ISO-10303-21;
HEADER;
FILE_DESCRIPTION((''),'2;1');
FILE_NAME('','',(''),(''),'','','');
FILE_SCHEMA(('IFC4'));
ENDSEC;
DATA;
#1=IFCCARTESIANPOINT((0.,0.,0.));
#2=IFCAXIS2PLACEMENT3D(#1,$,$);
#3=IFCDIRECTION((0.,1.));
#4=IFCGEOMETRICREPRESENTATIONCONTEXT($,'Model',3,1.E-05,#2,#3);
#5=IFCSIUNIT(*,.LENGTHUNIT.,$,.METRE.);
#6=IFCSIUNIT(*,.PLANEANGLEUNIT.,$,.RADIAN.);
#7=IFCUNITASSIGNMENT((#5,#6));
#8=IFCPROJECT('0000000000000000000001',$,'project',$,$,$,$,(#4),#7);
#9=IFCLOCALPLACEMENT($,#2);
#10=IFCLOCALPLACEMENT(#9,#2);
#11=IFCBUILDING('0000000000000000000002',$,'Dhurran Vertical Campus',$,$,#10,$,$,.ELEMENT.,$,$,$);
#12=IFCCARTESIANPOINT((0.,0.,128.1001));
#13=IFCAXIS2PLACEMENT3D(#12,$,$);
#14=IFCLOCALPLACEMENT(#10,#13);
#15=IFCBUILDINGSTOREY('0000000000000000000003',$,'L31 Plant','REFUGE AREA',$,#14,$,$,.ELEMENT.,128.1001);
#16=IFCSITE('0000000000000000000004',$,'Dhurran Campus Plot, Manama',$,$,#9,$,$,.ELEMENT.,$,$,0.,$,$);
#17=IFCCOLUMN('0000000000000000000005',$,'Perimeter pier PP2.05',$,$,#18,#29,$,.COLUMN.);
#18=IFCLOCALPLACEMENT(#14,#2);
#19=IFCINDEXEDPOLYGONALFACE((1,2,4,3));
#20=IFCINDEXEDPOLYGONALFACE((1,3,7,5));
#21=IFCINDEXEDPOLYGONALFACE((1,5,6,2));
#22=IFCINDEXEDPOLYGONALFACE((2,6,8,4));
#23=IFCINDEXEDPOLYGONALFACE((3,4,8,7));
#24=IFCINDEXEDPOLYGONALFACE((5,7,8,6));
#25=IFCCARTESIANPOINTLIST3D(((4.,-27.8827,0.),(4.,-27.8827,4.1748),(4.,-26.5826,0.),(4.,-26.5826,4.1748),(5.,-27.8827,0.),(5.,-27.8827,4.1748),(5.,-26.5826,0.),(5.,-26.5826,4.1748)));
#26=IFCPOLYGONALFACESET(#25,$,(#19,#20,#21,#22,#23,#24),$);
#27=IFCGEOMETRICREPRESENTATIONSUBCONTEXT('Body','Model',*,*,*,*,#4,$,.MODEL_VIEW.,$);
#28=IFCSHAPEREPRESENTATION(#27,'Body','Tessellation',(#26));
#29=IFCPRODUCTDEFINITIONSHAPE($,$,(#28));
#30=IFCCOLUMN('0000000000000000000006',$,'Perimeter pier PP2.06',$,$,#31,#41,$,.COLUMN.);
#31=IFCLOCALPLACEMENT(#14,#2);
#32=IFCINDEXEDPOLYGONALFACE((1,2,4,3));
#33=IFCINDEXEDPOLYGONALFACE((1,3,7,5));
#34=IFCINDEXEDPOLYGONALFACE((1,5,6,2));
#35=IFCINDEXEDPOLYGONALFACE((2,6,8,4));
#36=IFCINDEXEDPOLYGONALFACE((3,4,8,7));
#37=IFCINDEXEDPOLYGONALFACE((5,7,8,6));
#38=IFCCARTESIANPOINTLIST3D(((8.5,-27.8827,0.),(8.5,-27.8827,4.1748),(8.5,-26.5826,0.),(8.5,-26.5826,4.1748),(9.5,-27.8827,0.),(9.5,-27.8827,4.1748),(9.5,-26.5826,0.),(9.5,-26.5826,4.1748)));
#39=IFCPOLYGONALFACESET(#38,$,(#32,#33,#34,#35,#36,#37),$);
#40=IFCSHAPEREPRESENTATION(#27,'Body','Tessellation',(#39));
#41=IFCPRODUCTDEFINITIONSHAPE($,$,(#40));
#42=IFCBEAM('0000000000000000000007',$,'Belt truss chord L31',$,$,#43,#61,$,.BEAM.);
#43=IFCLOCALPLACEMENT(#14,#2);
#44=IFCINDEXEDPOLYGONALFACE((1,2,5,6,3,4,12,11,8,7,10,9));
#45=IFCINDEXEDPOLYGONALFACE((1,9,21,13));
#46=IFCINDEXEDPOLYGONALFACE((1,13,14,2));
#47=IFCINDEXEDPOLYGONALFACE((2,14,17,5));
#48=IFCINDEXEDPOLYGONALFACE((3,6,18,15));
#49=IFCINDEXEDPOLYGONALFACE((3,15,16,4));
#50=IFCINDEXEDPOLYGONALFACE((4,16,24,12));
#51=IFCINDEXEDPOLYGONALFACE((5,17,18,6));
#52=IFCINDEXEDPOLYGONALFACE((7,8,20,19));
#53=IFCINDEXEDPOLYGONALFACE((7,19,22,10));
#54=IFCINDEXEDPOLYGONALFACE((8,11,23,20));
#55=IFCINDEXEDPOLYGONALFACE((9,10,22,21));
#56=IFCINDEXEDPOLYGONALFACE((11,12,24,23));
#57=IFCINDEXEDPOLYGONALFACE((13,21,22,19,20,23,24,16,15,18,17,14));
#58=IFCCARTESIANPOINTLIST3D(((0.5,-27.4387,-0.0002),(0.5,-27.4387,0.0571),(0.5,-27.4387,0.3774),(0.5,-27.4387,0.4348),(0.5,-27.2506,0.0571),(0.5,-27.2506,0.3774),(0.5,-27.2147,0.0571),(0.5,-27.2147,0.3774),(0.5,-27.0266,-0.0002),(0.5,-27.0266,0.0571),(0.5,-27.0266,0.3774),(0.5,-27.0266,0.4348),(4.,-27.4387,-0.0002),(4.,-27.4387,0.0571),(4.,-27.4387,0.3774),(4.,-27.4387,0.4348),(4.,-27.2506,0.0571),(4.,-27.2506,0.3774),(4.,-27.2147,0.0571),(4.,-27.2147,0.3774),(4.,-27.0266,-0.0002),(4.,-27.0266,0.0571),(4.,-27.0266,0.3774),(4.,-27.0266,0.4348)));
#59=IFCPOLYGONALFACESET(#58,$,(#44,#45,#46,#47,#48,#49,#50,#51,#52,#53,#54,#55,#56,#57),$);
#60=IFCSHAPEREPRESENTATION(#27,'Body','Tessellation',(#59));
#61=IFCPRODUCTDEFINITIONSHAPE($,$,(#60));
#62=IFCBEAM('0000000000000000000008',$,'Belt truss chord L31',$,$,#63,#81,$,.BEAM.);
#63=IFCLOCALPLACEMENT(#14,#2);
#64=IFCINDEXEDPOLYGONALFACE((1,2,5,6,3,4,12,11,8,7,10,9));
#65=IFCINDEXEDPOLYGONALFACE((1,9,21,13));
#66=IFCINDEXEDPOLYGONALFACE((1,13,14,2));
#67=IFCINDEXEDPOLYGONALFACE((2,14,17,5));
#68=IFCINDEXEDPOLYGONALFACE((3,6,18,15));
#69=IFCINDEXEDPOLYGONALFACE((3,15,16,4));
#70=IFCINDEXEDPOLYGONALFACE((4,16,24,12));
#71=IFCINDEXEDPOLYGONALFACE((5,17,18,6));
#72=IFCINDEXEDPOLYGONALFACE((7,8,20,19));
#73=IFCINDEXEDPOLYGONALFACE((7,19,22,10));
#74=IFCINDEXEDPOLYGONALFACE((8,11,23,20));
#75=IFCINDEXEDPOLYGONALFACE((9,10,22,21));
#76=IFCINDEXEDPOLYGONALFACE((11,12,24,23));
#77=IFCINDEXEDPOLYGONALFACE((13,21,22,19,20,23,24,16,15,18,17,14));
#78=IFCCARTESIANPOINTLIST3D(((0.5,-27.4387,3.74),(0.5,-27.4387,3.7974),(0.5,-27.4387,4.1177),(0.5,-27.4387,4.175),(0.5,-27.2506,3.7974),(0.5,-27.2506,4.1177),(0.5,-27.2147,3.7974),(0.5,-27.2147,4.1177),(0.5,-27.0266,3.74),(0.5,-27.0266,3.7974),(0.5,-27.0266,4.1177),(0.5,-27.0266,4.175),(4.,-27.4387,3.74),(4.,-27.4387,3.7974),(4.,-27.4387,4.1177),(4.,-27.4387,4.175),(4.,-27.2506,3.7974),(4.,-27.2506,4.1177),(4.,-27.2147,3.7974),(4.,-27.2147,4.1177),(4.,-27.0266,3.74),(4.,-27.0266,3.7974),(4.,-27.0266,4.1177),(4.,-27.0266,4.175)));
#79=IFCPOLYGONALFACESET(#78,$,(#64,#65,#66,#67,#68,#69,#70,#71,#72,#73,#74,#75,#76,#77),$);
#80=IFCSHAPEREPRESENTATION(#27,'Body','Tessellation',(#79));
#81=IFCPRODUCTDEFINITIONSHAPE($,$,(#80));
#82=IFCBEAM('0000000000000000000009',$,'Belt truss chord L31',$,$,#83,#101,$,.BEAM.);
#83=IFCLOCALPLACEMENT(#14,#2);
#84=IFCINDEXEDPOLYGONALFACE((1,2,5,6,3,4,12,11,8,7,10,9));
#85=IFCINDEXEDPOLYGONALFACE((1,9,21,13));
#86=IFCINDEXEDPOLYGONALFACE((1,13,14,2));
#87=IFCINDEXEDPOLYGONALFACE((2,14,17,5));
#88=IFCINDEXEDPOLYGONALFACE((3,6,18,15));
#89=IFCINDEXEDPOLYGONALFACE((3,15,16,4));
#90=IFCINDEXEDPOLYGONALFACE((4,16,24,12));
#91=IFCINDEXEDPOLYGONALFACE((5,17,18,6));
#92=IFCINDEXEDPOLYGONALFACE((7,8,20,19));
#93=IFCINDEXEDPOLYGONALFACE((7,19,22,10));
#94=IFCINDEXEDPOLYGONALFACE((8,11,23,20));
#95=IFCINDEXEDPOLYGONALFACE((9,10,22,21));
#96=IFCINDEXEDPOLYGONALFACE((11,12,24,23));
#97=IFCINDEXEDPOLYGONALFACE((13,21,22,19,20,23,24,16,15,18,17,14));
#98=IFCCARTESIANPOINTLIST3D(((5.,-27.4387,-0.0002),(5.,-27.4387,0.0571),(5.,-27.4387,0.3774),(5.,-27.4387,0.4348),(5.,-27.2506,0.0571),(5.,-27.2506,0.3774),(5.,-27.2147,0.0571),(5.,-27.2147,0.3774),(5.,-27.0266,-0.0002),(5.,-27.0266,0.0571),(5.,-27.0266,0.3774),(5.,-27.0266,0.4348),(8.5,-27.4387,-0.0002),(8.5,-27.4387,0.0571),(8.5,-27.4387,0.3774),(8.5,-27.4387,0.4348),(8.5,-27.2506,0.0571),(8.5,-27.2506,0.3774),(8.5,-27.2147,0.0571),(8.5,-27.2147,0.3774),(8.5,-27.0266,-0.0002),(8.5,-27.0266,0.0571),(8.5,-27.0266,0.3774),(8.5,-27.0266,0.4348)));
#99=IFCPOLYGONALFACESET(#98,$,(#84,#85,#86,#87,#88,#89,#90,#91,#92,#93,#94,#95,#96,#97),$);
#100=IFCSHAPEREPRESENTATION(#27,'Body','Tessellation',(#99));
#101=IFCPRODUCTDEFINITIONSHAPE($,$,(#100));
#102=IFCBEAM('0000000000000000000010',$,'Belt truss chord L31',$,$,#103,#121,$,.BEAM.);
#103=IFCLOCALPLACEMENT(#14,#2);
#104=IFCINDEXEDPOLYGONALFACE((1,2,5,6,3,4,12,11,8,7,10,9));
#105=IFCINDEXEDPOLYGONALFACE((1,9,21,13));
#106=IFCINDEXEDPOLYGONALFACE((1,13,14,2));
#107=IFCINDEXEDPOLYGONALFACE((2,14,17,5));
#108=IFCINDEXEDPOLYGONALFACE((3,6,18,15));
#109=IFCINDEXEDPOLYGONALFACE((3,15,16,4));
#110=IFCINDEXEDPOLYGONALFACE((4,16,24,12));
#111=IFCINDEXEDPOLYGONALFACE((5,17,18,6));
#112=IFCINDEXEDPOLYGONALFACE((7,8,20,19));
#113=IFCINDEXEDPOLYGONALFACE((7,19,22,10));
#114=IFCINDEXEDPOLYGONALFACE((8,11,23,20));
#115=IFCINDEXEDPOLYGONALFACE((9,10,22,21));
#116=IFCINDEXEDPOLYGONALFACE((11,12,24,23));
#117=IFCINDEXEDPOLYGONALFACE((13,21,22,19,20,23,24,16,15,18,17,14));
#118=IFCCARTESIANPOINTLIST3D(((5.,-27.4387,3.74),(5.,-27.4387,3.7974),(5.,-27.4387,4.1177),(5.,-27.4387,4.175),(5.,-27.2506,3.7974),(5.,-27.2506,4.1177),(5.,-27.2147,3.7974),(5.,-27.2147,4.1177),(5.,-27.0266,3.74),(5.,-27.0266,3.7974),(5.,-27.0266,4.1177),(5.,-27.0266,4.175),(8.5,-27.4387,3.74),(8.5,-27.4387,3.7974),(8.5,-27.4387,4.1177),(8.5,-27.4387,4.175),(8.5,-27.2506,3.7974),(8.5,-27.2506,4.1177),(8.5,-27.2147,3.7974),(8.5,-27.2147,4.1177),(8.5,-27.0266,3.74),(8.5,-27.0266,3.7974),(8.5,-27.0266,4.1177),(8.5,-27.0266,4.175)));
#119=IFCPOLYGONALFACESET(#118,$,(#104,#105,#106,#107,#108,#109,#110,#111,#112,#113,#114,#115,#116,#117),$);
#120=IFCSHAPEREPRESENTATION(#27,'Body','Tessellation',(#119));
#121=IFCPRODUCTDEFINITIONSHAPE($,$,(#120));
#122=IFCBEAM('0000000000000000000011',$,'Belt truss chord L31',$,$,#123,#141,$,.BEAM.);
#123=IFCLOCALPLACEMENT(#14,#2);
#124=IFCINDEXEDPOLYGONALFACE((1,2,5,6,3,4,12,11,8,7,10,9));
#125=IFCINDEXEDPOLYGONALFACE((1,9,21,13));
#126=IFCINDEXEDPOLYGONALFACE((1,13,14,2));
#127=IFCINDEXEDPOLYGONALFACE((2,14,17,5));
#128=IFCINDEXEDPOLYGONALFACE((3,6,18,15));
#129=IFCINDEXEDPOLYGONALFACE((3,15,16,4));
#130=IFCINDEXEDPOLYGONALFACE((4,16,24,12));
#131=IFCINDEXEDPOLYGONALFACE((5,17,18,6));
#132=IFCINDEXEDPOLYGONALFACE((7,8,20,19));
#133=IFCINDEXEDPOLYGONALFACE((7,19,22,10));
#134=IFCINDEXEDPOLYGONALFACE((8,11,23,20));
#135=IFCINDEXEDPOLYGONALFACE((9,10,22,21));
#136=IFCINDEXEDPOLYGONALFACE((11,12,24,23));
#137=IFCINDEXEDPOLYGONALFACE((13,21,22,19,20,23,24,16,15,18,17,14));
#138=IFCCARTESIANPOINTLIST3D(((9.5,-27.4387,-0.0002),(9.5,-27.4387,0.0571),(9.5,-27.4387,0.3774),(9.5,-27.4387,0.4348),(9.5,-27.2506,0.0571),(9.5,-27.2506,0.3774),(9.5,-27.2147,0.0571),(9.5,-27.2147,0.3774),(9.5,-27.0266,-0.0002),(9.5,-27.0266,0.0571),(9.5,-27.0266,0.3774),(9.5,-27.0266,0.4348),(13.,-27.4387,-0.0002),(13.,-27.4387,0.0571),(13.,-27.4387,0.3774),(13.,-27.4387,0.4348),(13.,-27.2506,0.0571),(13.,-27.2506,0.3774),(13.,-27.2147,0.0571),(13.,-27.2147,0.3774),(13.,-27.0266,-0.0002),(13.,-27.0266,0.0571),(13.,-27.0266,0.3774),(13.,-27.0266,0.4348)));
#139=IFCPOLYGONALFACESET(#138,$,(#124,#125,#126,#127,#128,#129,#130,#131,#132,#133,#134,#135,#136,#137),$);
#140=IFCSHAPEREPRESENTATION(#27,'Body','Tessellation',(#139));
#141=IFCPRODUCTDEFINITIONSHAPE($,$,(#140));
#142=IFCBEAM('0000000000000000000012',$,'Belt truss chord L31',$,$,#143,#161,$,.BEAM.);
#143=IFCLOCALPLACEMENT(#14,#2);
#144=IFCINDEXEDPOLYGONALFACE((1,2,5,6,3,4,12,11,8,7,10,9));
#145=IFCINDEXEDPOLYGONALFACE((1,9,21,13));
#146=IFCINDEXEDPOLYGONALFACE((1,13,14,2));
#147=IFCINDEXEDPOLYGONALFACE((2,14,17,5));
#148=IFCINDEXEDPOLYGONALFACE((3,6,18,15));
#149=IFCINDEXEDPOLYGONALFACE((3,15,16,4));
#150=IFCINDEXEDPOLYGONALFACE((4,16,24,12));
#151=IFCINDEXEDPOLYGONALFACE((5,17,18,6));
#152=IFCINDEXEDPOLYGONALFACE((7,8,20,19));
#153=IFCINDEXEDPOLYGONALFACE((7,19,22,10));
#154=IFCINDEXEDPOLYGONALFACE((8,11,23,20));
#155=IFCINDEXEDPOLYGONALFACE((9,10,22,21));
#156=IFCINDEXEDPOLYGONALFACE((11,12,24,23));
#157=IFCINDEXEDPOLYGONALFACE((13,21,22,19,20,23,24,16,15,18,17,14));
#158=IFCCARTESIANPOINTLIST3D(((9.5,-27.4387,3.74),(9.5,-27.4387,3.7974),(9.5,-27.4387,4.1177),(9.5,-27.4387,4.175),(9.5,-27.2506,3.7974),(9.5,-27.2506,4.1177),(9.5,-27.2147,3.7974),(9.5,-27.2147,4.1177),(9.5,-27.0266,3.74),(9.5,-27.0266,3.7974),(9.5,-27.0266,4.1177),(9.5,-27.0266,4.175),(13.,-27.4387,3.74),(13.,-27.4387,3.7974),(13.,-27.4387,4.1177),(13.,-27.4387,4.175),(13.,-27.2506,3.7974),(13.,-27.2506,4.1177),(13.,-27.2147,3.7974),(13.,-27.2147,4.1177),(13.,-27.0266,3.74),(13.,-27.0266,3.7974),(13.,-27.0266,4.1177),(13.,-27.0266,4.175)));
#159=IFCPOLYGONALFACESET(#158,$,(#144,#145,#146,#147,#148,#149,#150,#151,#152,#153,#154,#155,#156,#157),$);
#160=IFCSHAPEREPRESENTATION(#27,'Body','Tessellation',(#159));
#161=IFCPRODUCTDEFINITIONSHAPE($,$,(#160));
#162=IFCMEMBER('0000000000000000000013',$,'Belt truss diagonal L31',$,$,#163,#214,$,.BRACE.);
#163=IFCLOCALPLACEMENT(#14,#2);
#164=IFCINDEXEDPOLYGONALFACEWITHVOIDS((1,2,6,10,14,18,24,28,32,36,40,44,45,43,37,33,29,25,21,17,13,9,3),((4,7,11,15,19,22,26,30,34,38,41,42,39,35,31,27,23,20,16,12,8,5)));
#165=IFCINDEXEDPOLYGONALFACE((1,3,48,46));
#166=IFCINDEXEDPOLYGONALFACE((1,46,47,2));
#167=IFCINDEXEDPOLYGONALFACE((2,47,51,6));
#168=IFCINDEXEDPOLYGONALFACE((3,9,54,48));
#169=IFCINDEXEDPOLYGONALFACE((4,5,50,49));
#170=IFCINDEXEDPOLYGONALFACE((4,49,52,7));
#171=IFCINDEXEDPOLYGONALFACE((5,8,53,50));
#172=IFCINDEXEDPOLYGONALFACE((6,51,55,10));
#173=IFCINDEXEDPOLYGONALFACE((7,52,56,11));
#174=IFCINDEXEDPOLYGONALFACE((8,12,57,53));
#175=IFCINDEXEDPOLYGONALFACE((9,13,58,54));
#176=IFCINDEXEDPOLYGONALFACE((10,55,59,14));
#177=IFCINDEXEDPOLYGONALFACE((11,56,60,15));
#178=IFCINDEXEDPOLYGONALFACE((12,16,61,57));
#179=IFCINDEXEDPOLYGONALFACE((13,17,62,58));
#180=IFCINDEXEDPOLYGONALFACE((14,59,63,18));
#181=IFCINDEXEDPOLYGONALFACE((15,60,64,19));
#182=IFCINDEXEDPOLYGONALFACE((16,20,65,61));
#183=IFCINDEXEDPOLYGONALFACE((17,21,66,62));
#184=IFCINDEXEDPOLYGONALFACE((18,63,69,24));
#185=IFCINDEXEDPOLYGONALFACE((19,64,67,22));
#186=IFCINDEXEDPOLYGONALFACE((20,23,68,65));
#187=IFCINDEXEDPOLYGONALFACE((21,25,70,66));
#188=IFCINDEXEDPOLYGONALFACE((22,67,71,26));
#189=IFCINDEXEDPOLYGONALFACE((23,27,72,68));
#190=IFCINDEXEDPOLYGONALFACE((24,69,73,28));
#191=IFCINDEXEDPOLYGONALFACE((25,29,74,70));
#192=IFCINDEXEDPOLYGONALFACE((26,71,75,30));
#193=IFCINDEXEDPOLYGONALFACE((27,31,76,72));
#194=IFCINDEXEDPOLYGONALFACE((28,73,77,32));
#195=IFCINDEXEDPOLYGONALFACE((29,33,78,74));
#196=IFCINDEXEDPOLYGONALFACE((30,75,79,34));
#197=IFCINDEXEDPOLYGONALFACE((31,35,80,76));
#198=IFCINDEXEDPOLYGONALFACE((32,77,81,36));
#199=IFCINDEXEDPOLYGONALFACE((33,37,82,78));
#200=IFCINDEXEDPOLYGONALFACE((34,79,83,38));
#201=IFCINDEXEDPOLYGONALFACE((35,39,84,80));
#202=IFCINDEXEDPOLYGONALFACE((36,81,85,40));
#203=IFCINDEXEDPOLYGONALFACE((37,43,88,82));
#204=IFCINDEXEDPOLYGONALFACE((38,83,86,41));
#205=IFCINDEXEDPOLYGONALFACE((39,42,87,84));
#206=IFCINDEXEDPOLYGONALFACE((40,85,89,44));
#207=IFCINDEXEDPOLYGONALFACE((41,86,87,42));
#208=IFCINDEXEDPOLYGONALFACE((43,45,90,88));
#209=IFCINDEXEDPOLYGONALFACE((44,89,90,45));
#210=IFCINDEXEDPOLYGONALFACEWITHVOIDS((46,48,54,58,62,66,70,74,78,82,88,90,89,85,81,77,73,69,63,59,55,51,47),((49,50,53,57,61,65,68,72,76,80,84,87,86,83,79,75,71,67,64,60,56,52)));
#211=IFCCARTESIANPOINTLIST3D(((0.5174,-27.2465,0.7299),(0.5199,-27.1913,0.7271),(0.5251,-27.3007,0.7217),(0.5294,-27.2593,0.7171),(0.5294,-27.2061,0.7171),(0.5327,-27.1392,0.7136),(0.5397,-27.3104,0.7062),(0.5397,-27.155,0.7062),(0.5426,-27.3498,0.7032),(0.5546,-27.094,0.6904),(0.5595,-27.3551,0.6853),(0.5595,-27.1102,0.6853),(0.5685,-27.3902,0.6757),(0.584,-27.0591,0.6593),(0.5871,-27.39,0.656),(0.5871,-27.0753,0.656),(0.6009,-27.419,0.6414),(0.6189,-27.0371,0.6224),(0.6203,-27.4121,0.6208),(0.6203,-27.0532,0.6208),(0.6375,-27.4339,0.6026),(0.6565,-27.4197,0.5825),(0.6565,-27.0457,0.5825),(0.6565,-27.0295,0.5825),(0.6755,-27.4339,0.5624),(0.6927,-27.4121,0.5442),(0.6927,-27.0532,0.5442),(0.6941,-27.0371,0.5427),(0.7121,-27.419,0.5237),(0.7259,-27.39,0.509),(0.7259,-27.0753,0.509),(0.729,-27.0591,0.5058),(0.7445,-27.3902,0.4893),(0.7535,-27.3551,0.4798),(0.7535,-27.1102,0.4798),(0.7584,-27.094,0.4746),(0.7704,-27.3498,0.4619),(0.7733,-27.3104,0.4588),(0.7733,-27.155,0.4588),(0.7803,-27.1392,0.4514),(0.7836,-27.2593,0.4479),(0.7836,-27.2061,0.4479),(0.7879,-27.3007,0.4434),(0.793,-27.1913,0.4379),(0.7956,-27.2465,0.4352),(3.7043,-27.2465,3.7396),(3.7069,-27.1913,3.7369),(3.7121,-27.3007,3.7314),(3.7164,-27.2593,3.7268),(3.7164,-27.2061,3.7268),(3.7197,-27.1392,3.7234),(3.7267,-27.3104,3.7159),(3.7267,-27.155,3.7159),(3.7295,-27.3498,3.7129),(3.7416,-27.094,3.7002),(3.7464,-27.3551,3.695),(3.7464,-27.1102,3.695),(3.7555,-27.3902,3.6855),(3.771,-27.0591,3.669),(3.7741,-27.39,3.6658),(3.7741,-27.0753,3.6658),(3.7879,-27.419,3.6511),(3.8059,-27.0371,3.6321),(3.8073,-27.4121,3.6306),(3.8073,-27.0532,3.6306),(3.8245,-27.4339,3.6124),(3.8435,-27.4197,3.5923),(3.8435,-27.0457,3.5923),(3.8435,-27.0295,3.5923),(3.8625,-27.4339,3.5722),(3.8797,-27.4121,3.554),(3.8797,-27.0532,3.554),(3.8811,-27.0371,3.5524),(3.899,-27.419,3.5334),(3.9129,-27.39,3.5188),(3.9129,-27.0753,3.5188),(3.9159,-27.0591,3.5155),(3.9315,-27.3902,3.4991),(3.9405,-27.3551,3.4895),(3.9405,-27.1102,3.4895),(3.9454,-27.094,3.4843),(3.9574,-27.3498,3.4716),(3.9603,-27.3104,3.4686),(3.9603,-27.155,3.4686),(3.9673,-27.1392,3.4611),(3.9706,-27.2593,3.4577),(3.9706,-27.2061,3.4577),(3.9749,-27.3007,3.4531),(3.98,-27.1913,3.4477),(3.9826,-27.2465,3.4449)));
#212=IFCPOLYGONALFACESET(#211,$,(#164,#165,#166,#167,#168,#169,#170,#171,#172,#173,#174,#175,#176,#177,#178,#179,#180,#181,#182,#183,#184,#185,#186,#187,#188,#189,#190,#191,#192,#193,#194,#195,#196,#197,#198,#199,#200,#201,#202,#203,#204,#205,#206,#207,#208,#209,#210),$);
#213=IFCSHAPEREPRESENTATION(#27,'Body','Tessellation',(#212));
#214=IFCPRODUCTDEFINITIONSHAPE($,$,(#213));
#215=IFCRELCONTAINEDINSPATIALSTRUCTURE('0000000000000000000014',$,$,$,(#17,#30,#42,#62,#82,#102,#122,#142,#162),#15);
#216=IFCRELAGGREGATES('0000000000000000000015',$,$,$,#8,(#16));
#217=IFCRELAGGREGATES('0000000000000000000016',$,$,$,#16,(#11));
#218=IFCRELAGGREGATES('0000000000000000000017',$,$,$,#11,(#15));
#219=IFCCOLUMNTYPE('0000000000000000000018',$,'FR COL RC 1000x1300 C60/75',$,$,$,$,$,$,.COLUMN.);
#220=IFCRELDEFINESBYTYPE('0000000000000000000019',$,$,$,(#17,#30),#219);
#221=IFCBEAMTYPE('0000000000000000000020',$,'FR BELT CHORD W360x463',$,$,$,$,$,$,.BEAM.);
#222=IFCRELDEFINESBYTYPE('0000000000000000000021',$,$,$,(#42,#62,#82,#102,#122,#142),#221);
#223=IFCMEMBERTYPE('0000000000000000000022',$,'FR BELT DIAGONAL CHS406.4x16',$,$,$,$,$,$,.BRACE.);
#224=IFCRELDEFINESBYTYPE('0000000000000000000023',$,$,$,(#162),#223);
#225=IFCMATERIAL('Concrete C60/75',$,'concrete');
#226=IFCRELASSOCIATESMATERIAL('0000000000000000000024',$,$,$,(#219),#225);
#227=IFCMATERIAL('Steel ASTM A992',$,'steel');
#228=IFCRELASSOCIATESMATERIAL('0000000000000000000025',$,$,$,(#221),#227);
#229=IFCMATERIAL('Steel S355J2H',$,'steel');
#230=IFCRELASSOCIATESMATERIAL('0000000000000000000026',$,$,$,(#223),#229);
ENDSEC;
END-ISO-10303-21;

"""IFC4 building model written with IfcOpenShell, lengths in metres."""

from ifc_helpers import new_model, si_unit, direction, frame, origin, origin_2d, place, context, subcontext, project, spatial, rectangle, hollow_circle, i_section, extrude, material, material_profile, profile_set, type_object, element, save


model = new_model("IFC4")

# Units and contexts
model_context = context("Model", 3, precision=1e-05, world=origin(), true_north=direction((0.0, 1.0)))
body_context = subcontext(model_context, "Body", "Model", "MODEL_VIEW")
ifc_project = project(units=[si_unit("LENGTHUNIT", "METRE"), si_unit("PLANEANGLEUNIT", "RADIAN")], contexts=[model_context])

# Site, building, storey
site_placement = place(None, origin())
site = spatial("IfcSite", under=ifc_project, at=site_placement, Name="Dhurran Campus Plot, Manama", CompositionType="ELEMENT", RefElevation=0.0)
building_placement = place(site_placement, origin())
building = spatial("IfcBuilding", under=site, at=building_placement, Name="Dhurran Vertical Campus", CompositionType="ELEMENT")
storey_placement = place(building_placement, frame((0.0, 0.0, 128.1001)))
storey = spatial("IfcBuildingStorey", under=building, at=storey_placement, Name="L31 Plant", Description="REFUGE AREA", CompositionType="ELEMENT", Elevation=128.1001)

# Columns
ifc_material_1 = material(Name="Concrete C60/75", Category="concrete")
ifc_material_profile_1 = material_profile(ifc_material_1, rectangle(XDim=1.0, YDim=1.3, at=origin_2d()), Name="RC 1000x1300")
ifc_profile_set_1 = profile_set([ifc_material_profile_1], Name="Concrete C60/75")
column_type = type_object("IfcColumnType", Name="FR COL RC 1000x1300 C60/75", PredefinedType="COLUMN", material=ifc_profile_set_1)
for number, where, z_axis, x_axis, name in (
    (1, (4.5, -27.2327, 0.0), (0.0, 0.0, 1.0), (1.0, 0.0, 0.0), "Perimeter pier PP2.05"),
    (2, (9.0, -27.2327, 0.0), (0.0, 0.0, 1.0), (1.0, 0.0, 0.0), "Perimeter pier PP2.06"),
):
    element("IfcColumn", number, at=place(storey_placement, frame(where, z_axis=z_axis, x_axis=x_axis)), inside=storey, type_object=column_type, Name=name, PredefinedType="COLUMN", context=body_context, shape_type="SweptSolid", body=[
        extrude(rectangle(XDim=1.0, YDim=1.3, at=origin_2d()), origin(), (0.0, 0.0, 1.0), 4.1748),
    ])

# Beams
ifc_material_2 = material(Name="Steel ASTM A992", Category="steel")
ifc_material_profile_2 = material_profile(ifc_material_2, i_section(OverallWidth=0.4121, OverallDepth=0.4351, WebThickness=0.0359, FlangeThickness=0.0574, at=origin_2d()), Name="W360x463")
ifc_profile_set_2 = profile_set([ifc_material_profile_2], Name="Steel ASTM A992")
beam_type = type_object("IfcBeamType", Name="FR BELT CHORD W360x463", PredefinedType="BEAM", material=ifc_profile_set_2)
for number, where, z_axis, x_axis, name in (
    (3, (0.5, -27.2327, 0.2173), (1.0, 0.0, 0.0), (0.0, 1.0, 0.0), "Belt truss chord L31"),
    (4, (0.5, -27.2327, 3.9575), (1.0, 0.0, 0.0), (0.0, 1.0, 0.0), "Belt truss chord L31"),
    (5, (5.0, -27.2327, 0.2173), (1.0, 0.0, 0.0), (0.0, 1.0, 0.0), "Belt truss chord L31"),
    (6, (5.0, -27.2327, 3.9575), (1.0, 0.0, 0.0), (0.0, 1.0, 0.0), "Belt truss chord L31"),
    (7, (9.5, -27.2327, 0.2173), (1.0, 0.0, 0.0), (0.0, 1.0, 0.0), "Belt truss chord L31"),
    (8, (9.5, -27.2327, 3.9575), (1.0, 0.0, 0.0), (0.0, 1.0, 0.0), "Belt truss chord L31"),
):
    element("IfcBeam", number, at=place(storey_placement, frame(where, z_axis=z_axis, x_axis=x_axis)), inside=storey, type_object=beam_type, Name=name, PredefinedType="BEAM", context=body_context, shape_type="SweptSolid", body=[
        extrude(i_section(OverallWidth=0.4121, OverallDepth=0.4351, WebThickness=0.0359, FlangeThickness=0.0574, at=origin_2d()), origin(), (0.0, 0.0, 1.0), 3.5),
    ])

# Member
ifc_material_3 = material(Name="Steel S355J2H", Category="steel")
ifc_material_profile_3 = material_profile(ifc_material_3, hollow_circle(Radius=0.2031, WallThickness=0.0161, at=origin_2d()), Name="CHS406.4x16")
ifc_profile_set_3 = profile_set([ifc_material_profile_3], Name="Steel S355J2H")
member_type = type_object("IfcMemberType", Name="FR BELT DIAGONAL CHS406.4x16", PredefinedType="BRACE", material=ifc_profile_set_3)
for number, where, z_axis, x_axis, name in (
    (9, (0.6565, -27.2327, 0.5825), (0.727035, 0.0, 0.686601), (0.0, 1.0, 0.0), "Belt truss diagonal L31"),
):
    element("IfcMember", number, at=place(storey_placement, frame(where, z_axis=z_axis, x_axis=x_axis)), inside=storey, type_object=member_type, Name=name, PredefinedType="BRACE", context=body_context, shape_type="SweptSolid", body=[
        extrude(hollow_circle(Radius=0.2031, WallThickness=0.0161, at=origin_2d()), origin(), (0.0, 0.0, 1.0), 4.3835),
    ])

save(model, "model.ifc")
